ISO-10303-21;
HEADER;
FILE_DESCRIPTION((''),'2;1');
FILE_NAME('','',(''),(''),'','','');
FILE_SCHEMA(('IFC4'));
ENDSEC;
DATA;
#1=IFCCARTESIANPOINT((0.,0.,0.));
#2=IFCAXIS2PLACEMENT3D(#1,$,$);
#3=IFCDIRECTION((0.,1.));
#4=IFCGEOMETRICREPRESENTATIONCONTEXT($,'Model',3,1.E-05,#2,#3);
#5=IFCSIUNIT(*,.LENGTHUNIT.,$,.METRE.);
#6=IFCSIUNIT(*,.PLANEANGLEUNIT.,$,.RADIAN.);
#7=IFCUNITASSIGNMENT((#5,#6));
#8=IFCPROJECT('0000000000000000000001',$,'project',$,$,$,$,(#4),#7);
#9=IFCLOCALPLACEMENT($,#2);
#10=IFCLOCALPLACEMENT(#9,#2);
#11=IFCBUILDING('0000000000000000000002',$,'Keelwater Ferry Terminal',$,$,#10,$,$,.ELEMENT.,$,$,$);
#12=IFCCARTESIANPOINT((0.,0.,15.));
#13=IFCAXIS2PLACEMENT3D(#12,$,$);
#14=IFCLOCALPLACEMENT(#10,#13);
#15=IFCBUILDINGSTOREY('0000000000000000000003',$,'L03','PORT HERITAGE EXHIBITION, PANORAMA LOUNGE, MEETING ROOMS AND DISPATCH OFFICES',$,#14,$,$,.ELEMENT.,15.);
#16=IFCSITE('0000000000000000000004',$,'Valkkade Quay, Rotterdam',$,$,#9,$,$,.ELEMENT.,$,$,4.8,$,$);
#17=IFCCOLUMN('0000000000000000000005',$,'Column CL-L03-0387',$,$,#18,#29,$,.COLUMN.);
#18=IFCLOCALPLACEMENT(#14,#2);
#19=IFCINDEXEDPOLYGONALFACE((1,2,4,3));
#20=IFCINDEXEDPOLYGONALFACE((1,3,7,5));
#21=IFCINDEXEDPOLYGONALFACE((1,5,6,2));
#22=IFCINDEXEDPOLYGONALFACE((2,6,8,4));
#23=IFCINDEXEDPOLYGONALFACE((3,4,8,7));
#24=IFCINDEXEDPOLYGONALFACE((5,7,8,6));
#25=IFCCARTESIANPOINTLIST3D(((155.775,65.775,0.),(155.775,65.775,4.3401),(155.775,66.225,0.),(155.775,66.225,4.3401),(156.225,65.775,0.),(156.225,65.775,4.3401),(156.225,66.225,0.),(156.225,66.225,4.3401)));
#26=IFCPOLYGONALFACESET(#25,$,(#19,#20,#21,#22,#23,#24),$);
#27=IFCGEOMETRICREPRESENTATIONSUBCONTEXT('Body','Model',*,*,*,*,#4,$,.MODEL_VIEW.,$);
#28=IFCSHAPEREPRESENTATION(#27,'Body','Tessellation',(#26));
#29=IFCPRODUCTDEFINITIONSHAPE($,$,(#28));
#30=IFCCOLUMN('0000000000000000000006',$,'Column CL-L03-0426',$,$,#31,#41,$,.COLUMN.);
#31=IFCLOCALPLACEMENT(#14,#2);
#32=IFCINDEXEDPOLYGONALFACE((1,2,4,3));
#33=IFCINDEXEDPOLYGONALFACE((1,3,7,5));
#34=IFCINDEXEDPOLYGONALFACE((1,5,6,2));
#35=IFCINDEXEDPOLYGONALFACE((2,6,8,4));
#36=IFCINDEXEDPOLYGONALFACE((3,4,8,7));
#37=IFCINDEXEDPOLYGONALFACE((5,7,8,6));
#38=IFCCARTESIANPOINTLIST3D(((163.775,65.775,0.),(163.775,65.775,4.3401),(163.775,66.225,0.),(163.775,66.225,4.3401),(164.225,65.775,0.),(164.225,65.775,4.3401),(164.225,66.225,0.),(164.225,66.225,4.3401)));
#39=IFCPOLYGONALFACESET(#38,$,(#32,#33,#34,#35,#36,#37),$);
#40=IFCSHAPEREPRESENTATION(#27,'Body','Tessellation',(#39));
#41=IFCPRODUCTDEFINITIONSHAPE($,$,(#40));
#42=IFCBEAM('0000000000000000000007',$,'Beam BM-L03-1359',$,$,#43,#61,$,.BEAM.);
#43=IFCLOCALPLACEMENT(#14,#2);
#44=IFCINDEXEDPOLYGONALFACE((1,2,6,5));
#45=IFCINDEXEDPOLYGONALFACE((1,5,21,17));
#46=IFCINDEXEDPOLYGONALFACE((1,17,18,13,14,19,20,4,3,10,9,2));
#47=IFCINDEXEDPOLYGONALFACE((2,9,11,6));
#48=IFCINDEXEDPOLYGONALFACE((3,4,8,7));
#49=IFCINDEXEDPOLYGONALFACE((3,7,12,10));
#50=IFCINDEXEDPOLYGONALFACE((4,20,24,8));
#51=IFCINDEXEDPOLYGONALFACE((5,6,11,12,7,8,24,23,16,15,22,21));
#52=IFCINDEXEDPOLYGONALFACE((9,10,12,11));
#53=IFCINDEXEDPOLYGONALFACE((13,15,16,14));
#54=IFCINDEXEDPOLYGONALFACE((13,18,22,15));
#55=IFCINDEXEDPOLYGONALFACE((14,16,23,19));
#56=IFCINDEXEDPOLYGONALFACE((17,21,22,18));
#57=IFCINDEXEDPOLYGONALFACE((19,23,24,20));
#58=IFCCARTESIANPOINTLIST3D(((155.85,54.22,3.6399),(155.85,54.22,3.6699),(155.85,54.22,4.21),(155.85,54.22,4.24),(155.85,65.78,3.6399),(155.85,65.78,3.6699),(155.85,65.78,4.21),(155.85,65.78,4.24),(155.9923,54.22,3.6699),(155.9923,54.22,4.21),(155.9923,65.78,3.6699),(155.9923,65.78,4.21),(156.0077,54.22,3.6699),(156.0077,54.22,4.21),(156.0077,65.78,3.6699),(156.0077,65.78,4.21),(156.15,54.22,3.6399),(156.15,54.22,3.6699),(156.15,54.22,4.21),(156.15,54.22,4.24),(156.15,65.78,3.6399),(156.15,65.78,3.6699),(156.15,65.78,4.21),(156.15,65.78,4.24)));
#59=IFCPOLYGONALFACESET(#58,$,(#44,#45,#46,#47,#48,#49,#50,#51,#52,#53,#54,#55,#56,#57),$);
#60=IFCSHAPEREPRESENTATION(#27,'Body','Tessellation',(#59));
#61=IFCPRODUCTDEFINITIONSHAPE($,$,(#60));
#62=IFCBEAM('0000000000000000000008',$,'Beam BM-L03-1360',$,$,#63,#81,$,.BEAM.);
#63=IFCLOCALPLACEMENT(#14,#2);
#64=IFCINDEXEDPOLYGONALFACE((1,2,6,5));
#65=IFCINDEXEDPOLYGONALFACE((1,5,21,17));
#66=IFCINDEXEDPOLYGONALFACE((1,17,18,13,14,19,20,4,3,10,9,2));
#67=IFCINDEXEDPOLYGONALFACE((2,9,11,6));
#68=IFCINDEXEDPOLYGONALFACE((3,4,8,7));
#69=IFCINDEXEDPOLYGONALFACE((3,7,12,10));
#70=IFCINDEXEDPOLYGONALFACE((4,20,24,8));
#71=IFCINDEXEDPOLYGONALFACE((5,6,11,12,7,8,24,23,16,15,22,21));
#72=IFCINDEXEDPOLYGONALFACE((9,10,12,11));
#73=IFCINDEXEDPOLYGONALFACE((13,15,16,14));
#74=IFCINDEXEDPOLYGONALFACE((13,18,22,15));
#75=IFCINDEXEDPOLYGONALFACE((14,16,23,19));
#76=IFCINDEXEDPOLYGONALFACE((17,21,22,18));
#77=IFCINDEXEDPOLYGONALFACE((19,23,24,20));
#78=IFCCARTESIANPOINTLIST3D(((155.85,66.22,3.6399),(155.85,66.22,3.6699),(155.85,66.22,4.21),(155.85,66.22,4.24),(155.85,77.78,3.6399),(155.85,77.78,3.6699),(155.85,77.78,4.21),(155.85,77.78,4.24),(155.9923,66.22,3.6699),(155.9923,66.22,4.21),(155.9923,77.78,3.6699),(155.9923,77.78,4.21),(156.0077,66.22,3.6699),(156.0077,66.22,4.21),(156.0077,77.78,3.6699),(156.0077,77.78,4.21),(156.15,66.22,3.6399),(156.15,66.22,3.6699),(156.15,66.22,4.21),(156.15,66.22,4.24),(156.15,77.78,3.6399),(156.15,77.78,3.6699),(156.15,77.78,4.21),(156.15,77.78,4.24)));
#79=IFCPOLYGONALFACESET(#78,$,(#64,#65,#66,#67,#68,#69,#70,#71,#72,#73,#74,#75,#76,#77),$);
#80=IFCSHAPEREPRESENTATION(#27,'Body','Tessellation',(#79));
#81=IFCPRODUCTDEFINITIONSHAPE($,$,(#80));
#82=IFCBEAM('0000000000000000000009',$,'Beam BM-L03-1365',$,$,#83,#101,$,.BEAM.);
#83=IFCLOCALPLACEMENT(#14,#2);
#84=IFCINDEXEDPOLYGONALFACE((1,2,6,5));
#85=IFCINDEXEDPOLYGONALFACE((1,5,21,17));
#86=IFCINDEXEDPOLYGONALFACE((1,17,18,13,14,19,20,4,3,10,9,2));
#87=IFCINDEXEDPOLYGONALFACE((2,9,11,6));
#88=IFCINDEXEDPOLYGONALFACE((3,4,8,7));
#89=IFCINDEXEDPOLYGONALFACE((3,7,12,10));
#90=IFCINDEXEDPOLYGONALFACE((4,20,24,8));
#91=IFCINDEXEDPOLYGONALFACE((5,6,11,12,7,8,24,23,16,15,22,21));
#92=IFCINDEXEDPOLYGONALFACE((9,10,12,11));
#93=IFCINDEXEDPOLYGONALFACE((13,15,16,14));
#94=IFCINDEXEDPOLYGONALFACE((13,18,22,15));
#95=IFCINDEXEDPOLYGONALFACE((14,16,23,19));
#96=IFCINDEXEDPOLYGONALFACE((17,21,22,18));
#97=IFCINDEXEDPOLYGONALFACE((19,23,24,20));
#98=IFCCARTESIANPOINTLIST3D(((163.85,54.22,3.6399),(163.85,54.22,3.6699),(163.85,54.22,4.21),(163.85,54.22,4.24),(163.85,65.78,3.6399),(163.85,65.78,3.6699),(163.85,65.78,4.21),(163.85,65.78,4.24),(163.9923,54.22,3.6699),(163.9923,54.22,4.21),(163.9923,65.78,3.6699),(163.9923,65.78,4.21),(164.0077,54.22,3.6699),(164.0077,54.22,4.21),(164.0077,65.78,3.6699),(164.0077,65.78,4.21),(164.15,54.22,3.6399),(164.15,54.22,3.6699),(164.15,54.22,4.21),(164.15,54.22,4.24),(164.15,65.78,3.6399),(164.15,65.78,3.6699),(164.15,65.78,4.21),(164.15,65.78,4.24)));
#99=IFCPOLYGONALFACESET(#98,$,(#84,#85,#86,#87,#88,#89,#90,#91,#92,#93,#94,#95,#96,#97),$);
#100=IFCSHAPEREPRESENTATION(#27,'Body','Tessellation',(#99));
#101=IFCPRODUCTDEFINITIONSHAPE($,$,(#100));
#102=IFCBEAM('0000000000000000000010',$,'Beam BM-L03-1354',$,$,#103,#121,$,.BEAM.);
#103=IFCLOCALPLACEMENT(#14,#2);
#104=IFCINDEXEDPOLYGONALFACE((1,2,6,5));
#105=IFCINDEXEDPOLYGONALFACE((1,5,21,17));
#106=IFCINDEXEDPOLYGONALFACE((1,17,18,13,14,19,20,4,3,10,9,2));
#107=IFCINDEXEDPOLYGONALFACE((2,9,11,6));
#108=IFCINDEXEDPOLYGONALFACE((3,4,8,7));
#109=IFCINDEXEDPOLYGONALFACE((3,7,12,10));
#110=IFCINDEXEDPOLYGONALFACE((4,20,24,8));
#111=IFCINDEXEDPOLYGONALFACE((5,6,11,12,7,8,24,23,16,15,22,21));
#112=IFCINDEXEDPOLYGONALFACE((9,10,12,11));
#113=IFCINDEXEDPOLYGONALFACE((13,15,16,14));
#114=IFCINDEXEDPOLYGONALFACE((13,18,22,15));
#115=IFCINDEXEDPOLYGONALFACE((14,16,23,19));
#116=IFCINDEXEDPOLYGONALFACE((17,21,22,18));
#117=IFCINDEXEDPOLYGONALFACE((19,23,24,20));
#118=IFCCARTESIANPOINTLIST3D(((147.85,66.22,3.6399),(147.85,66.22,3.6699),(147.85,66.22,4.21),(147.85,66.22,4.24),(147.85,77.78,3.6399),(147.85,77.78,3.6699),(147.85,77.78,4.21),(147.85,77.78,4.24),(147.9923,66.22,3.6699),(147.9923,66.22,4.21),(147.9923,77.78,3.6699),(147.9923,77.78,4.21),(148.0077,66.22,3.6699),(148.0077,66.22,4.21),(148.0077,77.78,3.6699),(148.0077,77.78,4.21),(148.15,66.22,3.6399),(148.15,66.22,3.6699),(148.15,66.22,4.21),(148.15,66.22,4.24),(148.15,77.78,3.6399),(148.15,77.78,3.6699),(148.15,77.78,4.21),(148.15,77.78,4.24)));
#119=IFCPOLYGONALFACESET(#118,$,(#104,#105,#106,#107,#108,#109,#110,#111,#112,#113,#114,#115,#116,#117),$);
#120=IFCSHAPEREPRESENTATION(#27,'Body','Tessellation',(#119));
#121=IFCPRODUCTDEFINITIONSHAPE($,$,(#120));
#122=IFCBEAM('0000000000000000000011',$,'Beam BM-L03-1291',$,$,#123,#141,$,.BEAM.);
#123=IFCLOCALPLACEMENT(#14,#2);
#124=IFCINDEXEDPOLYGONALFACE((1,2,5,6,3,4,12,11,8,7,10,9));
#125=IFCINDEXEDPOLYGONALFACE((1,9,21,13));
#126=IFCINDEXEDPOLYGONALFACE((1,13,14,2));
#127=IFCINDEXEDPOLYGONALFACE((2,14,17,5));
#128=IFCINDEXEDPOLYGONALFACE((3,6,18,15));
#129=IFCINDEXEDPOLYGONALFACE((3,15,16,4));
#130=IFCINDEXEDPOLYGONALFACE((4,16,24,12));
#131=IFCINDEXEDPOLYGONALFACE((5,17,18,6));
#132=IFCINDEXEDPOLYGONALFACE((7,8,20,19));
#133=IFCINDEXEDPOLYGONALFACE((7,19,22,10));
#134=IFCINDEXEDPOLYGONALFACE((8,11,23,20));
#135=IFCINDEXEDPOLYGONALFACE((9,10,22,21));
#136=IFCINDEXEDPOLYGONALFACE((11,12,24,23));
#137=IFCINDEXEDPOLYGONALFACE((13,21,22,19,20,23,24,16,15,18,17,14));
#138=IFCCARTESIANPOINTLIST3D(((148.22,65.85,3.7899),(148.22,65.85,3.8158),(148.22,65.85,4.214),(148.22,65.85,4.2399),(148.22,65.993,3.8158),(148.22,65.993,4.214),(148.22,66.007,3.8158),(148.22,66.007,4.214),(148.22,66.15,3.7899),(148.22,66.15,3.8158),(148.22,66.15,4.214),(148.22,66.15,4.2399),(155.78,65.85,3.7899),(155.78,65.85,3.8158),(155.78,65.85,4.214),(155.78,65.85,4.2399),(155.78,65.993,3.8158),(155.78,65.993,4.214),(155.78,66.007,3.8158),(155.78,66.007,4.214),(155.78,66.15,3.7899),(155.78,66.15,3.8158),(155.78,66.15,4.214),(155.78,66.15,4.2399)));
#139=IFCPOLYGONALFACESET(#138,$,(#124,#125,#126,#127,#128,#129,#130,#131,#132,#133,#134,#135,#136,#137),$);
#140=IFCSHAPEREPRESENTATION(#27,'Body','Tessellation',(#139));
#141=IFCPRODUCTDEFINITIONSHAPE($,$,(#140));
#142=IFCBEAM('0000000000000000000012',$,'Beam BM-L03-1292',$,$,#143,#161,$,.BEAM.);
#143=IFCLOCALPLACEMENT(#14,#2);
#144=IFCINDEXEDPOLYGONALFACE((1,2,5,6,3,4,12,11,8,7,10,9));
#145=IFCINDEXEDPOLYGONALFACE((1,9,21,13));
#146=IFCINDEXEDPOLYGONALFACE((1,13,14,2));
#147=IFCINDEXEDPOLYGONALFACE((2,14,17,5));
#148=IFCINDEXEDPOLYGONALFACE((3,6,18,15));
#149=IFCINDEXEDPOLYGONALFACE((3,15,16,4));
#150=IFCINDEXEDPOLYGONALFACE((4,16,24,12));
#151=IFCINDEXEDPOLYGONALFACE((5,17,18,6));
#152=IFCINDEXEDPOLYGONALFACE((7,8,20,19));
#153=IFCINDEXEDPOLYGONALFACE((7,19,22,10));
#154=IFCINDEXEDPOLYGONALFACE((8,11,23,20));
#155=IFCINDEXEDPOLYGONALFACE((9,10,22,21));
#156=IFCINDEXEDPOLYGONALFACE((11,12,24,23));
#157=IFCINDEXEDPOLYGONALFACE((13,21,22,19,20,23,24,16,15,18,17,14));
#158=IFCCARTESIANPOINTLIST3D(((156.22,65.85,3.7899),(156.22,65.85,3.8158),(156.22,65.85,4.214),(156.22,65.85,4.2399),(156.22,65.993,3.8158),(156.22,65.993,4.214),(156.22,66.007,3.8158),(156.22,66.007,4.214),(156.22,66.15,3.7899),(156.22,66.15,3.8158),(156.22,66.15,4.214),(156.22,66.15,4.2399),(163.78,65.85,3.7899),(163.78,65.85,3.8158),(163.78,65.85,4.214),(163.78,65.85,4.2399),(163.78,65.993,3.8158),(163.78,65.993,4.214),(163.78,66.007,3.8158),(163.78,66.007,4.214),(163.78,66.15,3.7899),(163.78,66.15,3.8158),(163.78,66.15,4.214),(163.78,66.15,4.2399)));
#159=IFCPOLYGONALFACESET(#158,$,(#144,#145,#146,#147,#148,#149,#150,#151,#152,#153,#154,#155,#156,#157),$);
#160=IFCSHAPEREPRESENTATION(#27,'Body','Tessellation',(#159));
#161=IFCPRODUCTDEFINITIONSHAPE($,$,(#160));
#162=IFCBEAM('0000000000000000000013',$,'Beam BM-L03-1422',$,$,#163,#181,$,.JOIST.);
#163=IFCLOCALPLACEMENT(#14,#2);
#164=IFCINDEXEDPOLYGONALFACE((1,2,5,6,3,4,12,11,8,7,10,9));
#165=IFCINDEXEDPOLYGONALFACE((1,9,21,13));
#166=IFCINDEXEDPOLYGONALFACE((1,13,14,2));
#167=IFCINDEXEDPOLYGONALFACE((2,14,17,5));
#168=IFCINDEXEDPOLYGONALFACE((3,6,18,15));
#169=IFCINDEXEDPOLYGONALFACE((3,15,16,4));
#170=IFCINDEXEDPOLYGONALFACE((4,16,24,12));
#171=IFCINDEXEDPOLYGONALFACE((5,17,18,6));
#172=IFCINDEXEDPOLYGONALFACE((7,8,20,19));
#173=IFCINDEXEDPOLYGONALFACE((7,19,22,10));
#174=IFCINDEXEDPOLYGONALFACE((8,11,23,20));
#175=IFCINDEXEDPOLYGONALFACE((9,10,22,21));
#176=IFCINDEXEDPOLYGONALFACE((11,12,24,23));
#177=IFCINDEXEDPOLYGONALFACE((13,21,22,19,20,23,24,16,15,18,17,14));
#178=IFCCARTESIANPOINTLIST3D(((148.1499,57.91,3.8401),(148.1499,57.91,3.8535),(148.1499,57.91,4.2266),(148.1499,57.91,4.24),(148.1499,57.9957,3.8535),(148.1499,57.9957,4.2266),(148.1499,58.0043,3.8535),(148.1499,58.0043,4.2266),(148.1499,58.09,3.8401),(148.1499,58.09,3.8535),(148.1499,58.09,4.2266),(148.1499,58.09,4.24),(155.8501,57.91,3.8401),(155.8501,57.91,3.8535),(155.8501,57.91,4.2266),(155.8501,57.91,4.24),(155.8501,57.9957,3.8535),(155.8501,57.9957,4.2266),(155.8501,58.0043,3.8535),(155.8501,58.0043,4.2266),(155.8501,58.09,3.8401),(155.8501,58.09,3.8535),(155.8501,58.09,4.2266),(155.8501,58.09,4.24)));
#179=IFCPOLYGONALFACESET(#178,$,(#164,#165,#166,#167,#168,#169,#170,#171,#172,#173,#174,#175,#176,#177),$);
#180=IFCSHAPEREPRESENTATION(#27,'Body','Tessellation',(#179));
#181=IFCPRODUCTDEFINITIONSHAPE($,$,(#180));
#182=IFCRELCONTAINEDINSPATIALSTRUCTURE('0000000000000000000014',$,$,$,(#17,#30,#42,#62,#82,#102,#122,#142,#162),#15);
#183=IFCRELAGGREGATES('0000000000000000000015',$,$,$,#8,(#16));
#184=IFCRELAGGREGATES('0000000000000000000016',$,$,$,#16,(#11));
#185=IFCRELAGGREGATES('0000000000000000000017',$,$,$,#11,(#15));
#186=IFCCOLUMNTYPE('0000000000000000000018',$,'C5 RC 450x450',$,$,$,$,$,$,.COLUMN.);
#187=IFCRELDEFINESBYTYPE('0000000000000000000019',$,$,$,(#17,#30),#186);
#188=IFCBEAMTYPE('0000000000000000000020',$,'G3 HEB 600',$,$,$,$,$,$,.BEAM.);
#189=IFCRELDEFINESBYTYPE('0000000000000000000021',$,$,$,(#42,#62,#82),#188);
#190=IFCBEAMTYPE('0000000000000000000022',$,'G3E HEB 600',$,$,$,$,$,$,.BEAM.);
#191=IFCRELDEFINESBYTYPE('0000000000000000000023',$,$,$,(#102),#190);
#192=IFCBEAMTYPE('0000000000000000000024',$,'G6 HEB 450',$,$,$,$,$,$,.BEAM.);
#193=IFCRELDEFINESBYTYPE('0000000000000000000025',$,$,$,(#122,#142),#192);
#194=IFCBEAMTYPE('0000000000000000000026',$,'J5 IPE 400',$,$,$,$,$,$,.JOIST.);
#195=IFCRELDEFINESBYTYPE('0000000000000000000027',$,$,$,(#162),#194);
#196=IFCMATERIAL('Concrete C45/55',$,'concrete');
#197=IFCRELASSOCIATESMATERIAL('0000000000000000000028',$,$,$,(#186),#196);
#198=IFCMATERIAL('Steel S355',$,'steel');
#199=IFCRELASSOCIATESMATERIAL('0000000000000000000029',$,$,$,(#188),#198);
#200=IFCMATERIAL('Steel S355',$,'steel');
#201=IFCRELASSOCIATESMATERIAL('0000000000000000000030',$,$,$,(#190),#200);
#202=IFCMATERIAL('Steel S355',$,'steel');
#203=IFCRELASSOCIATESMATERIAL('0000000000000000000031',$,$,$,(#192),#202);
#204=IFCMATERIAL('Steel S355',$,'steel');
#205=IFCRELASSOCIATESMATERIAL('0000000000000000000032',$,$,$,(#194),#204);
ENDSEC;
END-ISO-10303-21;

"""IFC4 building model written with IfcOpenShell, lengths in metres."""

from ifc_helpers import new_model, si_unit, direction, frame, origin, origin_2d, place, context, subcontext, project, spatial, rectangle, i_section, extrude, material, material_profile, profile_set, type_object, element, save


model = new_model("IFC4")

# Units and contexts
model_context = context("Model", 3, precision=1e-05, world=origin(), true_north=direction((0.0, 1.0)))
body_context = subcontext(model_context, "Body", "Model", "MODEL_VIEW")
ifc_project = project(units=[si_unit("LENGTHUNIT", "METRE"), si_unit("PLANEANGLEUNIT", "RADIAN")], contexts=[model_context])

# Site, building, storey
site_placement = place(None, origin())
site = spatial("IfcSite", under=ifc_project, at=site_placement, Name="Valkkade Quay, Rotterdam", CompositionType="ELEMENT", RefElevation=4.8)
building_placement = place(site_placement, origin())
building = spatial("IfcBuilding", under=site, at=building_placement, Name="Keelwater Ferry Terminal", CompositionType="ELEMENT")
storey_placement = place(building_placement, frame((0.0, 0.0, 15.0)))
storey = spatial("IfcBuildingStorey", under=building, at=storey_placement, Name="L03", Description="PORT HERITAGE EXHIBITION, PANORAMA LOUNGE, MEETING ROOMS AND DISPATCH OFFICES", CompositionType="ELEMENT", Elevation=15.0)

# Columns
ifc_material_1 = material(Name="Concrete C45/55", Category="concrete")
ifc_material_profile_1 = material_profile(ifc_material_1, rectangle(XDim=0.45, YDim=0.45, at=origin_2d()), Name="RC 450x450")
ifc_profile_set_1 = profile_set([ifc_material_profile_1], Name="Concrete C45/55")
column_type = type_object("IfcColumnType", Name="C5 RC 450x450", PredefinedType="COLUMN", material=ifc_profile_set_1)
for number, where, z_axis, x_axis, name in (
    (1, (156.0, 66.0, 0.0), (0.0, 0.0, 1.0), (1.0, 0.0, 0.0), "Column CL-L03-0387"),
    (2, (164.0, 66.0, 0.0), (0.0, 0.0, 1.0), (1.0, 0.0, 0.0), "Column CL-L03-0426"),
):
    element("IfcColumn", number, at=place(storey_placement, frame(where, z_axis=z_axis, x_axis=x_axis)), inside=storey, type_object=column_type, Name=name, PredefinedType="COLUMN", context=body_context, shape_type="SweptSolid", body=[
        extrude(rectangle(XDim=0.45, YDim=0.45, at=origin_2d()), origin(), (0.0, 0.0, 1.0), 4.3401),
    ])

# Beams
ifc_material_2 = material(Name="Steel S355", Category="steel")
ifc_material_profile_2 = material_profile(ifc_material_2, i_section(OverallWidth=0.3, OverallDepth=0.6001, WebThickness=0.0154, FlangeThickness=0.03, at=origin_2d()), Name="HEB 600")
ifc_profile_set_2 = profile_set([ifc_material_profile_2], Name="Steel S355")
beam_type_1 = type_object("IfcBeamType", Name="G3 HEB 600", PredefinedType="BEAM", material=ifc_profile_set_2)
for number, where, z_axis, x_axis, name in (
    (3, (156.0, 54.22, 3.9399), (0.0, 1.0, 0.0), (-1.0, 0.0, 0.0), "Beam BM-L03-1359"),
    (4, (156.0, 66.22, 3.9399), (0.0, 1.0, 0.0), (-1.0, 0.0, 0.0), "Beam BM-L03-1360"),
    (5, (164.0, 54.22, 3.9399), (0.0, 1.0, 0.0), (-1.0, 0.0, 0.0), "Beam BM-L03-1365"),
):
    element("IfcBeam", number, at=place(storey_placement, frame(where, z_axis=z_axis, x_axis=x_axis)), inside=storey, type_object=beam_type_1, Name=name, PredefinedType="BEAM", context=body_context, shape_type="SweptSolid", body=[
        extrude(i_section(OverallWidth=0.3, OverallDepth=0.6001, WebThickness=0.0154, FlangeThickness=0.03, at=origin_2d()), origin(), (0.0, 0.0, 1.0), 11.5601),
    ])
ifc_material_3 = material(Name="Steel S355", Category="steel")
ifc_material_profile_3 = material_profile(ifc_material_3, i_section(OverallWidth=0.3, OverallDepth=0.6001, WebThickness=0.0154, FlangeThickness=0.03, at=origin_2d()), Name="HEB 600")
ifc_profile_set_3 = profile_set([ifc_material_profile_3], Name="Steel S355")
beam_type_2 = type_object("IfcBeamType", Name="G3E HEB 600", PredefinedType="BEAM", material=ifc_profile_set_3)
beam_placement = place(storey_placement, frame((148.0, 66.22, 3.9399), z_axis=(0.0, 1.0, 0.0), x_axis=(-1.0, 0.0, 0.0)))
element("IfcBeam", 6, at=beam_placement, inside=storey, type_object=beam_type_2, Name="Beam BM-L03-1354", PredefinedType="BEAM", context=body_context, shape_type="SweptSolid", body=[
    extrude(i_section(OverallWidth=0.3, OverallDepth=0.6001, WebThickness=0.0154, FlangeThickness=0.03, at=origin_2d()), origin(), (0.0, 0.0, 1.0), 11.5601),
])
ifc_material_4 = material(Name="Steel S355", Category="steel")
ifc_material_profile_4 = material_profile(ifc_material_4, i_section(OverallWidth=0.3, OverallDepth=0.45, WebThickness=0.0139, FlangeThickness=0.0259, at=origin_2d()), Name="HEB 450")
ifc_profile_set_4 = profile_set([ifc_material_profile_4], Name="Steel S355")
beam_type_3 = type_object("IfcBeamType", Name="G6 HEB 450", PredefinedType="BEAM", material=ifc_profile_set_4)
for number, where, z_axis, x_axis, name in (
    (7, (148.22, 66.0, 4.0149), (1.0, 0.0, 0.0), (0.0, 1.0, 0.0), "Beam BM-L03-1291"),
    (8, (156.22, 66.0, 4.0149), (1.0, 0.0, 0.0), (0.0, 1.0, 0.0), "Beam BM-L03-1292"),
):
    element("IfcBeam", number, at=place(storey_placement, frame(where, z_axis=z_axis, x_axis=x_axis)), inside=storey, type_object=beam_type_3, Name=name, PredefinedType="BEAM", context=body_context, shape_type="SweptSolid", body=[
        extrude(i_section(OverallWidth=0.3, OverallDepth=0.45, WebThickness=0.0139, FlangeThickness=0.0259, at=origin_2d()), origin(), (0.0, 0.0, 1.0), 7.5601),
    ])
ifc_material_5 = material(Name="Steel S355", Category="steel")
ifc_material_profile_5 = material_profile(ifc_material_5, i_section(OverallWidth=0.1799, OverallDepth=0.3999, WebThickness=0.0085, FlangeThickness=0.0134, at=origin_2d()), Name="IPE 400")
ifc_profile_set_5 = profile_set([ifc_material_profile_5], Name="Steel S355")
beam_type_4 = type_object("IfcBeamType", Name="J5 IPE 400", PredefinedType="JOIST", material=ifc_profile_set_5)
for number, where, z_axis, x_axis, name in (
    (9, (148.1499, 58.0, 4.04), (1.0, 0.0, 0.0), (0.0, 1.0, 0.0), "Beam BM-L03-1422"),
):
    element("IfcBeam", number, at=place(storey_placement, frame(where, z_axis=z_axis, x_axis=x_axis)), inside=storey, type_object=beam_type_4, Name=name, PredefinedType="JOIST", context=body_context, shape_type="SweptSolid", body=[
        extrude(i_section(OverallWidth=0.1799, OverallDepth=0.3999, WebThickness=0.0085, FlangeThickness=0.0134, at=origin_2d()), origin(), (0.0, 0.0, 1.0), 7.7002),
    ])

save(model, "model.ifc")
